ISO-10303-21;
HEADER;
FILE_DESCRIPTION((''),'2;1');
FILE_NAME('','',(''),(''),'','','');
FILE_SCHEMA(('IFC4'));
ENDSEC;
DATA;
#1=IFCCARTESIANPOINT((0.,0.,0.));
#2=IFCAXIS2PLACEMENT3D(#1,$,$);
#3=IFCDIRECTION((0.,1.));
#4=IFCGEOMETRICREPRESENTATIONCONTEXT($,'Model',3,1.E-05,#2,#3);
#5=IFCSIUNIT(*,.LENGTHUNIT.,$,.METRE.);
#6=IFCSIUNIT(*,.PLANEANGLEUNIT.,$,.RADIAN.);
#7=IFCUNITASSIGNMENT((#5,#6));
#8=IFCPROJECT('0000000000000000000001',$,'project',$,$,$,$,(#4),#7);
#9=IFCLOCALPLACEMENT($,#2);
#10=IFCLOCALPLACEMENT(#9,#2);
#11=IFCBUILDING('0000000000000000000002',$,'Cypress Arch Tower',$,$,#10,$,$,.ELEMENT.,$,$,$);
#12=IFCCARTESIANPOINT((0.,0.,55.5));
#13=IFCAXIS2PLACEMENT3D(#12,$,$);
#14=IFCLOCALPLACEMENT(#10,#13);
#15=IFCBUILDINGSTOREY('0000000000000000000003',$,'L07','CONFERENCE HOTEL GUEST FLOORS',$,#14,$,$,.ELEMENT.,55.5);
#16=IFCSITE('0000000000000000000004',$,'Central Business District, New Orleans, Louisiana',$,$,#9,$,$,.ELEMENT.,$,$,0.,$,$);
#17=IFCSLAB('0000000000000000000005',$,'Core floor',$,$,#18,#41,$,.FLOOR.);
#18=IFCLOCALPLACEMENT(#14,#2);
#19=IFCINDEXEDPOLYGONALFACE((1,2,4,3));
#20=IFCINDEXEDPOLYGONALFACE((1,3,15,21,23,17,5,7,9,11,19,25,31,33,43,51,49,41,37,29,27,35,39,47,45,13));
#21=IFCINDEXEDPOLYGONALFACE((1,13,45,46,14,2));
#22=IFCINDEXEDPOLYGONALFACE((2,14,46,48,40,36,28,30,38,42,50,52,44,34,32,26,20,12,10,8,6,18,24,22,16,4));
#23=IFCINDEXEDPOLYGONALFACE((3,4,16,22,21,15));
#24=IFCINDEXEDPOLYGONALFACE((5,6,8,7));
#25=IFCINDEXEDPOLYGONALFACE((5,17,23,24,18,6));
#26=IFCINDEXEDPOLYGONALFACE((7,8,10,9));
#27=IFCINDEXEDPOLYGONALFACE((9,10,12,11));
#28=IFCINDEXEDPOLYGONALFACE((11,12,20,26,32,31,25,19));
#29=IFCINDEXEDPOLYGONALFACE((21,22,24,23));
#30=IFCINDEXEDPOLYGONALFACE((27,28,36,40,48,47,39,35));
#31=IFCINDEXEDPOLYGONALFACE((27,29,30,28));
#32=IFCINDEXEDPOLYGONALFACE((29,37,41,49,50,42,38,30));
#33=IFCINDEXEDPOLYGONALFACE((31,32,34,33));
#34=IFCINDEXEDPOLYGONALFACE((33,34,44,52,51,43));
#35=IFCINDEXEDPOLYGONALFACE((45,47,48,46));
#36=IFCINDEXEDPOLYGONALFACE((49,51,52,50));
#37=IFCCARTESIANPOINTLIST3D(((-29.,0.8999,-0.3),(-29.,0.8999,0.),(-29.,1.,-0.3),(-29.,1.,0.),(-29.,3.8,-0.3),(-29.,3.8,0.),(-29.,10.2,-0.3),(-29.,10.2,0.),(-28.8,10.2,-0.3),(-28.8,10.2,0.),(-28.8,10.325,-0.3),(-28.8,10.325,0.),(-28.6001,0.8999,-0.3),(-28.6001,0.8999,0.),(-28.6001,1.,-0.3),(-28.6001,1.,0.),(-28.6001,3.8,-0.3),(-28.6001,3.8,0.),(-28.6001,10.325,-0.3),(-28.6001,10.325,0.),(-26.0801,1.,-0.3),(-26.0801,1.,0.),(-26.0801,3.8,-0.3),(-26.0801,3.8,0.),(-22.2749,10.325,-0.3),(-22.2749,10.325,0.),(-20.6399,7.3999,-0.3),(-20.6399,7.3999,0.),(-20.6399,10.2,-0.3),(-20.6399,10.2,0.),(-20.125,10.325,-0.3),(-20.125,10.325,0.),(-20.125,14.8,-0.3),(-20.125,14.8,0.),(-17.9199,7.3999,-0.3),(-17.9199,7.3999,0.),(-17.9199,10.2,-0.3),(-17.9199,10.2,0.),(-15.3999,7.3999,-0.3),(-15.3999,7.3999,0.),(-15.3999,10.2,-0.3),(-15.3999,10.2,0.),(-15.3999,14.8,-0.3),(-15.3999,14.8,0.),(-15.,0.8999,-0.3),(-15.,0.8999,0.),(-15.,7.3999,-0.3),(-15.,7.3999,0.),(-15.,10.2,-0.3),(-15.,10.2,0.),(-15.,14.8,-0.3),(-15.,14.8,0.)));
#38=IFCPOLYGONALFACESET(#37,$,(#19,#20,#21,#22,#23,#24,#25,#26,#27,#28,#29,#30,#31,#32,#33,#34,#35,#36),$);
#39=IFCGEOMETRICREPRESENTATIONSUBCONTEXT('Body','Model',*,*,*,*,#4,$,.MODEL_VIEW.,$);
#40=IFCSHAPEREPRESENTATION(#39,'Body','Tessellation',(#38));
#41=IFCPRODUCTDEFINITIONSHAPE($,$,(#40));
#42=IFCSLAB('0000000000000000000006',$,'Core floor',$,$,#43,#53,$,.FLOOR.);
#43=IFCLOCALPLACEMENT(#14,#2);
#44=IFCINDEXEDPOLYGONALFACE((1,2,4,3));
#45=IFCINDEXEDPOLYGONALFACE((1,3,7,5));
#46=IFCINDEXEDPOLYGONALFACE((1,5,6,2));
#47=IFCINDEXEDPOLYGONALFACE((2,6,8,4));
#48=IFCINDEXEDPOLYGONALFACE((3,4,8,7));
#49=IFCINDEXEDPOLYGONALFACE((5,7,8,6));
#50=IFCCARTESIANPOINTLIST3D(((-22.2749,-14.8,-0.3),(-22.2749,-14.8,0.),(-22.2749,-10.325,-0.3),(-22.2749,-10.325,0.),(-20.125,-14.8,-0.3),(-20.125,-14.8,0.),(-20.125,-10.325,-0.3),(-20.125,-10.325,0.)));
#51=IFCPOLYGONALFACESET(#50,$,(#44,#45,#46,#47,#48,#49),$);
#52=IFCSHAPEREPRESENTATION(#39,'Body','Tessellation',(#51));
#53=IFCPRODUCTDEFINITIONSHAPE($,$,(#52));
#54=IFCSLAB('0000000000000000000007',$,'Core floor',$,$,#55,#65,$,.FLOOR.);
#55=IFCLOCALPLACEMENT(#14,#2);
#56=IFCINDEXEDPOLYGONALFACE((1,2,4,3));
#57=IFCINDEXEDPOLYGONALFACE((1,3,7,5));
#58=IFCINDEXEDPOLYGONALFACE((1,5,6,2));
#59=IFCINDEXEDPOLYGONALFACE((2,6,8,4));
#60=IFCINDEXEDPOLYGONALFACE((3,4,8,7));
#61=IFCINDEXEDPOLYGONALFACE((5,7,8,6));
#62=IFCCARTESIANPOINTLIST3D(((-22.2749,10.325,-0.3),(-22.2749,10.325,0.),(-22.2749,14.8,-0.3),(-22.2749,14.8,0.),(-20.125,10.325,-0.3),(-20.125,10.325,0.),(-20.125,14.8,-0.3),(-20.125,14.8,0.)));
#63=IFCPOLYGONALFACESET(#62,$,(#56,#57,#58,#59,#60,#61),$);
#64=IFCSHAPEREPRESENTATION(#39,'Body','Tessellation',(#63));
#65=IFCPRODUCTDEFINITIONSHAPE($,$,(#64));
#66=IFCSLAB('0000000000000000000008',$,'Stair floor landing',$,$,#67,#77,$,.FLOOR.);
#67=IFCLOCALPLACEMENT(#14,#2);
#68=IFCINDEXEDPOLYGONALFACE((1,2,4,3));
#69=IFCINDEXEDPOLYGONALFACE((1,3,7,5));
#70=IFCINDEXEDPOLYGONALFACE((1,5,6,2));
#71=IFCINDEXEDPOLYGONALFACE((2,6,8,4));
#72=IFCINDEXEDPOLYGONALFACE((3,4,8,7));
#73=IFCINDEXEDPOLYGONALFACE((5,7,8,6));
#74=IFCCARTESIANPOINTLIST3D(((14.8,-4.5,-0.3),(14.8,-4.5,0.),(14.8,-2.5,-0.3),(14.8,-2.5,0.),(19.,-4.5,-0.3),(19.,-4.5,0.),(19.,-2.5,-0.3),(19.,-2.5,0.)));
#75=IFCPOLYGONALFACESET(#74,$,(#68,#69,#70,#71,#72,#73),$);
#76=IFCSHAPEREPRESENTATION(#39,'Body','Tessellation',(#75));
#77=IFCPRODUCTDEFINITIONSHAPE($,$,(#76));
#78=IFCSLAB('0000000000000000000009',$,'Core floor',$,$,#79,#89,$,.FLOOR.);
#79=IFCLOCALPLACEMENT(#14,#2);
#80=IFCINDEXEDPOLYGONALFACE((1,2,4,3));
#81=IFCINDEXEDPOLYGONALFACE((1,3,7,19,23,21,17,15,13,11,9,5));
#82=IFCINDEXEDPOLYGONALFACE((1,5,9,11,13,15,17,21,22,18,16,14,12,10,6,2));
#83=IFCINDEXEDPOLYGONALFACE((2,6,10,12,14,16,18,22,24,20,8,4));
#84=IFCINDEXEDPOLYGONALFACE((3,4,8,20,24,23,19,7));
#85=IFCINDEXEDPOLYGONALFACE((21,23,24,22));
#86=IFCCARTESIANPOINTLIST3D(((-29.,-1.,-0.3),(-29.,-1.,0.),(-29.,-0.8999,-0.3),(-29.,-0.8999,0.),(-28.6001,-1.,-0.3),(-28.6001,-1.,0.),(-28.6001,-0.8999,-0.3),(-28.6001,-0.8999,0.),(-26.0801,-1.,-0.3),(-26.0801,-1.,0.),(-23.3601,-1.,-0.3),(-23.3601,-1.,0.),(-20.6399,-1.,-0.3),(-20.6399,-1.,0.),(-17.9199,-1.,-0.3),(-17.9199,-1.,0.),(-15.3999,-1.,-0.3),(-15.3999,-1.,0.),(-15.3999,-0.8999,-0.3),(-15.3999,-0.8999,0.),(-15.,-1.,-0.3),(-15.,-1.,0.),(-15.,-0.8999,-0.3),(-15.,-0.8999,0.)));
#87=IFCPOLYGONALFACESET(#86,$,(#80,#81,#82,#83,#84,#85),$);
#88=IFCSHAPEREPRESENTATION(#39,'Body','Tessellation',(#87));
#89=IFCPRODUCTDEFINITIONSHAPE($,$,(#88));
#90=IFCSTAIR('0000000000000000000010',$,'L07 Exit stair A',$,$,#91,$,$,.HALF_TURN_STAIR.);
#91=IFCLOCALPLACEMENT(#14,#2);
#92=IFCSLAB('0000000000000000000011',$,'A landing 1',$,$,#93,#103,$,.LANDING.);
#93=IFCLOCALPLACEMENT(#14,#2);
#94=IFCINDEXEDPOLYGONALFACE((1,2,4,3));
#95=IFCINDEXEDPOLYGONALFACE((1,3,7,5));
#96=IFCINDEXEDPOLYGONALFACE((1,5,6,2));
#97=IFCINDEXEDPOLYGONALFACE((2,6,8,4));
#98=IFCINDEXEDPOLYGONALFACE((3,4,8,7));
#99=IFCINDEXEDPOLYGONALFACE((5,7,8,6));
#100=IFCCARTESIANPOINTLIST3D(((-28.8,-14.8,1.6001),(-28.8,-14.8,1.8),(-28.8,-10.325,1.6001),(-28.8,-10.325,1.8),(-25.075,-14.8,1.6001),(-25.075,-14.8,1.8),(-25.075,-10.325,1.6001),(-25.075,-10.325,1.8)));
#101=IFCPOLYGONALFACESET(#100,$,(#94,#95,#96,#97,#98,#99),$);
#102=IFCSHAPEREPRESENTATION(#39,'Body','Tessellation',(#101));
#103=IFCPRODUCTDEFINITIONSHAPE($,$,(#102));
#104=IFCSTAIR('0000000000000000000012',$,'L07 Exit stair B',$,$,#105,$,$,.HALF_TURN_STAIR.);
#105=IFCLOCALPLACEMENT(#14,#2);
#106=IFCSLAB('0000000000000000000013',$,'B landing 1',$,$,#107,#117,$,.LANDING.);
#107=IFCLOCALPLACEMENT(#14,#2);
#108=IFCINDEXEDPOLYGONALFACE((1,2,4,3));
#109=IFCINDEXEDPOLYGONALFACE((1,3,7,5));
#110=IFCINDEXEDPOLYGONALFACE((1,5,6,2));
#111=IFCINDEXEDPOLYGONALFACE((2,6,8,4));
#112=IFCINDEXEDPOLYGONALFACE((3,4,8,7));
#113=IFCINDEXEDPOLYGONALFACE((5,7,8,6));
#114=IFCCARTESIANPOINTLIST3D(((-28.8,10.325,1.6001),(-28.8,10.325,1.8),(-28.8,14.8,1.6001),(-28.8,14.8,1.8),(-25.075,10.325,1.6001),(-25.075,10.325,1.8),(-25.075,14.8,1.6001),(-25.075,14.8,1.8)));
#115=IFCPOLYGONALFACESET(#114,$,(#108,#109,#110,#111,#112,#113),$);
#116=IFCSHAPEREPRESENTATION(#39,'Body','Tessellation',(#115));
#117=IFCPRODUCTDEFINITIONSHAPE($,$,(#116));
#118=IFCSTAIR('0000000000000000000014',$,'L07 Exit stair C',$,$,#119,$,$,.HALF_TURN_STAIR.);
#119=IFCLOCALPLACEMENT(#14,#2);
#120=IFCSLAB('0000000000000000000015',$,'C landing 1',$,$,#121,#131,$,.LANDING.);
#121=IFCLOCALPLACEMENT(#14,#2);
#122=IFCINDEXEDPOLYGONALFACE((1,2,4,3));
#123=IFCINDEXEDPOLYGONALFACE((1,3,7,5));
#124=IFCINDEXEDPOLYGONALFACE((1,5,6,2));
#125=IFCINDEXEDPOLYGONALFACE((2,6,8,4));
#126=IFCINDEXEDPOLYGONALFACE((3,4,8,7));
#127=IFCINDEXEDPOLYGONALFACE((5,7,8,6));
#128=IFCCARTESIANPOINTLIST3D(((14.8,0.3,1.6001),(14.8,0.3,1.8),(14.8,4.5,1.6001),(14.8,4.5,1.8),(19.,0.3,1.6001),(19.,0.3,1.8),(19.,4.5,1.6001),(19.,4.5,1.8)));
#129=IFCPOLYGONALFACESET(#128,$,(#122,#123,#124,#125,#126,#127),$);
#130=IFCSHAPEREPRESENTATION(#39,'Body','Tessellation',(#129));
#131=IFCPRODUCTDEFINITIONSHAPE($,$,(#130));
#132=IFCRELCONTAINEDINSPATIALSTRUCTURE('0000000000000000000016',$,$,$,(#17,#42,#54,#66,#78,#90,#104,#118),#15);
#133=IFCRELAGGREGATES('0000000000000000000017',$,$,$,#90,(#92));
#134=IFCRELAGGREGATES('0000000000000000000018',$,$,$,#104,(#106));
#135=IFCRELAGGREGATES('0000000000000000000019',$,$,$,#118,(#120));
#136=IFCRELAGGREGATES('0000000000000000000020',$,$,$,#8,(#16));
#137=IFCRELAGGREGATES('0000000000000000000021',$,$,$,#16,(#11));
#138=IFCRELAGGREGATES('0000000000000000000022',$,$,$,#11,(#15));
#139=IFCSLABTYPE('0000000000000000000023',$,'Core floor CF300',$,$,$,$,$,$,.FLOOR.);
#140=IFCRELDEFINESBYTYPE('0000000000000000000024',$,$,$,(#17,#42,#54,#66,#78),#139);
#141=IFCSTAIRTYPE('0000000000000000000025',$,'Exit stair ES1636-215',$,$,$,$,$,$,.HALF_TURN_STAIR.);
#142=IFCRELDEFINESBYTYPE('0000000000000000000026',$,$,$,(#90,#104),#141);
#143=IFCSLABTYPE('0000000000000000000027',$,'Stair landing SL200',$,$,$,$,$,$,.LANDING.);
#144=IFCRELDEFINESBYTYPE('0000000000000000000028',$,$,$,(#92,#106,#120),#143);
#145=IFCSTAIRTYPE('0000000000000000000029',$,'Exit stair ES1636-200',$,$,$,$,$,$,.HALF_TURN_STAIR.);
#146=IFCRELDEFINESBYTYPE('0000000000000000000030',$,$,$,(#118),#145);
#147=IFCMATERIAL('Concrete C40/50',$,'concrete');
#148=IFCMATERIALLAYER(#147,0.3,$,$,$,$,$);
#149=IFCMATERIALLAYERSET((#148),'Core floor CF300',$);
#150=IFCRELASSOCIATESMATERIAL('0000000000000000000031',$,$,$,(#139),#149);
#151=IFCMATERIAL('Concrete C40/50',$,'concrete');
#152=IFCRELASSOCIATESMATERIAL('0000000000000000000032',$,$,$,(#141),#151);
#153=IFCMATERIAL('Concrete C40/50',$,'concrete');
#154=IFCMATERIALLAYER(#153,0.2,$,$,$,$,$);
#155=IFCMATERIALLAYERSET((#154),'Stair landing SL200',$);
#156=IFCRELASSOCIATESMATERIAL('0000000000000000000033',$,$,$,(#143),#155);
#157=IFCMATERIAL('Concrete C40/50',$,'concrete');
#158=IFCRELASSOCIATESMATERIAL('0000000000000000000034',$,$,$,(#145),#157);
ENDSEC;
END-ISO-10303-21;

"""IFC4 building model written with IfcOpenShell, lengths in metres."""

from ifc_helpers import new_model, si_unit, direction, frame, origin, place, context, subcontext, project, spatial, polyline, outline, extrude, material, layer, layer_set, type_object, element, aggregate, save


model = new_model("IFC4")

# Units and contexts
model_context = context("Model", 3, precision=1e-05, world=origin(), true_north=direction((0.0, 1.0)))
body_context = subcontext(model_context, "Body", "Model", "MODEL_VIEW")
ifc_project = project(units=[si_unit("LENGTHUNIT", "METRE"), si_unit("PLANEANGLEUNIT", "RADIAN")], contexts=[model_context])

# Site, building, storey
site_placement = place(None, origin())
site = spatial("IfcSite", under=ifc_project, at=site_placement, Name="Central Business District, New Orleans, Louisiana", CompositionType="ELEMENT", RefElevation=0.0)
building_placement = place(site_placement, origin())
building = spatial("IfcBuilding", under=site, at=building_placement, Name="Cypress Arch Tower", CompositionType="ELEMENT")
storey_placement = place(building_placement, frame((0.0, 0.0, 55.5)))
storey = spatial("IfcBuildingStorey", under=building, at=storey_placement, Name="L07", Description="CONFERENCE HOTEL GUEST FLOORS", CompositionType="ELEMENT", Elevation=55.5)

# Slabs
ifc_material_1 = material(Name="Concrete C40/50", Category="concrete")
ifc_layer_1 = layer(ifc_material_1, 0.3)
ifc_layer_set_1 = layer_set([ifc_layer_1], Name="Core floor CF300")
slab_type_1 = type_object("IfcSlabType", Name="Core floor CF300", PredefinedType="FLOOR", material=ifc_layer_set_1)
slab_1_placement = place(storey_placement, frame((0.0, 0.0, -0.3)))
element("IfcSlab", 1, at=slab_1_placement, inside=storey, type_object=slab_type_1, Name="Core floor", PredefinedType="FLOOR", context=body_context, shape_type="SweptSolid", body=[
    extrude(outline(polyline([(-29.0, 3.8), (-29.0, 10.2), (-28.8, 10.2), (-28.8, 10.325), (-28.6001, 10.325), (-22.2749, 10.325), (-20.125, 10.325), (-20.125, 14.8), (-15.3999, 14.8), (-15.0, 14.8), (-15.0, 10.2), (-15.3999, 10.2), (-17.9199, 10.2), (-20.6399, 10.2), (-20.6399, 7.3999), (-17.9199, 7.3999), (-15.3999, 7.3999), (-15.0, 7.3999), (-15.0, 0.8999), (-28.6001, 0.8999), (-29.0, 0.8999), (-29.0, 1.0), (-28.6001, 1.0), (-26.0801, 1.0), (-26.0801, 3.8), (-28.6001, 3.8), (-29.0, 3.8)])), origin(), (0.0, 0.0, 1.0), 0.3),
])
slab_2_placement = place(storey_placement, frame((0.0, 0.0, -0.3)))
element("IfcSlab", 2, at=slab_2_placement, inside=storey, type_object=slab_type_1, Name="Core floor", PredefinedType="FLOOR", context=body_context, shape_type="SweptSolid", body=[
    extrude(outline(polyline([(-22.2749, -10.325), (-22.2749, -14.8), (-20.125, -14.8), (-20.125, -10.325), (-22.2749, -10.325)])), origin(), (0.0, 0.0, 1.0), 0.3),
])
slab_3_placement = place(storey_placement, frame((0.0, 0.0, -0.3)))
element("IfcSlab", 3, at=slab_3_placement, inside=storey, type_object=slab_type_1, Name="Core floor", PredefinedType="FLOOR", context=body_context, shape_type="SweptSolid", body=[
    extrude(outline(polyline([(-20.125, 14.8), (-22.2749, 14.8), (-22.2749, 10.325), (-20.125, 10.325), (-20.125, 14.8)])), origin(), (0.0, 0.0, 1.0), 0.3),
])
slab_4_placement = place(storey_placement, frame((0.0, 0.0, -0.3)))
element("IfcSlab", 4, at=slab_4_placement, inside=storey, type_object=slab_type_1, Name="Stair floor landing", PredefinedType="FLOOR", context=body_context, shape_type="SweptSolid", body=[
    extrude(outline(polyline([(19.0, -4.5), (19.0, -2.5), (14.8, -2.5), (14.8, -4.5), (19.0, -4.5)])), origin(), (0.0, 0.0, 1.0), 0.3),
])
slab_5_placement = place(storey_placement, frame((0.0, 0.0, -0.3)))
element("IfcSlab", 5, at=slab_5_placement, inside=storey, type_object=slab_type_1, Name="Core floor", PredefinedType="FLOOR", context=body_context, shape_type="SweptSolid", body=[
    extrude(outline(polyline([(-20.6399, -1.0), (-23.3601, -1.0), (-26.0801, -1.0), (-28.6001, -1.0), (-29.0, -1.0), (-29.0, -0.8999), (-28.6001, -0.8999), (-15.3999, -0.8999), (-15.0, -0.8999), (-15.0, -1.0), (-15.3999, -1.0), (-17.9199, -1.0), (-20.6399, -1.0)])), origin(), (0.0, 0.0, 1.0), 0.3),
])

# Stairs, slabs
ifc_material_2 = material(Name="Concrete C40/50", Category="concrete")
stair_type_1 = type_object("IfcStairType", Name="Exit stair ES1636-215", PredefinedType="HALF_TURN_STAIR", material=ifc_material_2)
stair_1_placement = place(storey_placement, origin())
stair_1 = element("IfcStair", 6, at=stair_1_placement, inside=storey, type_object=stair_type_1, Name="L07 Exit stair A", PredefinedType="HALF_TURN_STAIR")
ifc_material_3 = material(Name="Concrete C40/50", Category="concrete")
ifc_layer_2 = layer(ifc_material_3, 0.2)
ifc_layer_set_2 = layer_set([ifc_layer_2], Name="Stair landing SL200")
slab_type_2 = type_object("IfcSlabType", Name="Stair landing SL200", PredefinedType="LANDING", material=ifc_layer_set_2)
slab_6_placement = place(storey_placement, frame((0.0, 0.0, 1.6001)))
slab_6 = element("IfcSlab", 7, at=slab_6_placement, type_object=slab_type_2, Name="A landing 1", PredefinedType="LANDING", context=body_context, shape_type="SweptSolid", body=[
    extrude(outline(polyline([(-25.075, -10.325), (-28.8, -10.325), (-28.8, -14.8), (-25.075, -14.8), (-25.075, -10.325)])), origin(), (0.0, 0.0, 1.0), 0.2),
])
aggregate(stair_1, [slab_6])
stair_2_placement = place(storey_placement, origin())
stair_2 = element("IfcStair", 8, at=stair_2_placement, inside=storey, type_object=stair_type_1, Name="L07 Exit stair B", PredefinedType="HALF_TURN_STAIR")
slab_7_placement = place(storey_placement, frame((0.0, 0.0, 1.6001)))
slab_7 = element("IfcSlab", 9, at=slab_7_placement, type_object=slab_type_2, Name="B landing 1", PredefinedType="LANDING", context=body_context, shape_type="SweptSolid", body=[
    extrude(outline(polyline([(-25.075, 14.8), (-28.8, 14.8), (-28.8, 10.325), (-25.075, 10.325), (-25.075, 14.8)])), origin(), (0.0, 0.0, 1.0), 0.2),
])
aggregate(stair_2, [slab_7])
ifc_material_4 = material(Name="Concrete C40/50", Category="concrete")
stair_type_2 = type_object("IfcStairType", Name="Exit stair ES1636-200", PredefinedType="HALF_TURN_STAIR", material=ifc_material_4)
stair_3_placement = place(storey_placement, origin())
stair_3 = element("IfcStair", 10, at=stair_3_placement, inside=storey, type_object=stair_type_2, Name="L07 Exit stair C", PredefinedType="HALF_TURN_STAIR")
slab_8_placement = place(storey_placement, frame((0.0, 0.0, 1.6001)))
slab_8 = element("IfcSlab", 11, at=slab_8_placement, type_object=slab_type_2, Name="C landing 1", PredefinedType="LANDING", context=body_context, shape_type="SweptSolid", body=[
    extrude(outline(polyline([(19.0, 0.3), (19.0, 4.5), (14.8, 4.5), (14.8, 0.3), (19.0, 0.3)])), origin(), (0.0, 0.0, 1.0), 0.2),
])
aggregate(stair_3, [slab_8])

save(model, "model.ifc")
